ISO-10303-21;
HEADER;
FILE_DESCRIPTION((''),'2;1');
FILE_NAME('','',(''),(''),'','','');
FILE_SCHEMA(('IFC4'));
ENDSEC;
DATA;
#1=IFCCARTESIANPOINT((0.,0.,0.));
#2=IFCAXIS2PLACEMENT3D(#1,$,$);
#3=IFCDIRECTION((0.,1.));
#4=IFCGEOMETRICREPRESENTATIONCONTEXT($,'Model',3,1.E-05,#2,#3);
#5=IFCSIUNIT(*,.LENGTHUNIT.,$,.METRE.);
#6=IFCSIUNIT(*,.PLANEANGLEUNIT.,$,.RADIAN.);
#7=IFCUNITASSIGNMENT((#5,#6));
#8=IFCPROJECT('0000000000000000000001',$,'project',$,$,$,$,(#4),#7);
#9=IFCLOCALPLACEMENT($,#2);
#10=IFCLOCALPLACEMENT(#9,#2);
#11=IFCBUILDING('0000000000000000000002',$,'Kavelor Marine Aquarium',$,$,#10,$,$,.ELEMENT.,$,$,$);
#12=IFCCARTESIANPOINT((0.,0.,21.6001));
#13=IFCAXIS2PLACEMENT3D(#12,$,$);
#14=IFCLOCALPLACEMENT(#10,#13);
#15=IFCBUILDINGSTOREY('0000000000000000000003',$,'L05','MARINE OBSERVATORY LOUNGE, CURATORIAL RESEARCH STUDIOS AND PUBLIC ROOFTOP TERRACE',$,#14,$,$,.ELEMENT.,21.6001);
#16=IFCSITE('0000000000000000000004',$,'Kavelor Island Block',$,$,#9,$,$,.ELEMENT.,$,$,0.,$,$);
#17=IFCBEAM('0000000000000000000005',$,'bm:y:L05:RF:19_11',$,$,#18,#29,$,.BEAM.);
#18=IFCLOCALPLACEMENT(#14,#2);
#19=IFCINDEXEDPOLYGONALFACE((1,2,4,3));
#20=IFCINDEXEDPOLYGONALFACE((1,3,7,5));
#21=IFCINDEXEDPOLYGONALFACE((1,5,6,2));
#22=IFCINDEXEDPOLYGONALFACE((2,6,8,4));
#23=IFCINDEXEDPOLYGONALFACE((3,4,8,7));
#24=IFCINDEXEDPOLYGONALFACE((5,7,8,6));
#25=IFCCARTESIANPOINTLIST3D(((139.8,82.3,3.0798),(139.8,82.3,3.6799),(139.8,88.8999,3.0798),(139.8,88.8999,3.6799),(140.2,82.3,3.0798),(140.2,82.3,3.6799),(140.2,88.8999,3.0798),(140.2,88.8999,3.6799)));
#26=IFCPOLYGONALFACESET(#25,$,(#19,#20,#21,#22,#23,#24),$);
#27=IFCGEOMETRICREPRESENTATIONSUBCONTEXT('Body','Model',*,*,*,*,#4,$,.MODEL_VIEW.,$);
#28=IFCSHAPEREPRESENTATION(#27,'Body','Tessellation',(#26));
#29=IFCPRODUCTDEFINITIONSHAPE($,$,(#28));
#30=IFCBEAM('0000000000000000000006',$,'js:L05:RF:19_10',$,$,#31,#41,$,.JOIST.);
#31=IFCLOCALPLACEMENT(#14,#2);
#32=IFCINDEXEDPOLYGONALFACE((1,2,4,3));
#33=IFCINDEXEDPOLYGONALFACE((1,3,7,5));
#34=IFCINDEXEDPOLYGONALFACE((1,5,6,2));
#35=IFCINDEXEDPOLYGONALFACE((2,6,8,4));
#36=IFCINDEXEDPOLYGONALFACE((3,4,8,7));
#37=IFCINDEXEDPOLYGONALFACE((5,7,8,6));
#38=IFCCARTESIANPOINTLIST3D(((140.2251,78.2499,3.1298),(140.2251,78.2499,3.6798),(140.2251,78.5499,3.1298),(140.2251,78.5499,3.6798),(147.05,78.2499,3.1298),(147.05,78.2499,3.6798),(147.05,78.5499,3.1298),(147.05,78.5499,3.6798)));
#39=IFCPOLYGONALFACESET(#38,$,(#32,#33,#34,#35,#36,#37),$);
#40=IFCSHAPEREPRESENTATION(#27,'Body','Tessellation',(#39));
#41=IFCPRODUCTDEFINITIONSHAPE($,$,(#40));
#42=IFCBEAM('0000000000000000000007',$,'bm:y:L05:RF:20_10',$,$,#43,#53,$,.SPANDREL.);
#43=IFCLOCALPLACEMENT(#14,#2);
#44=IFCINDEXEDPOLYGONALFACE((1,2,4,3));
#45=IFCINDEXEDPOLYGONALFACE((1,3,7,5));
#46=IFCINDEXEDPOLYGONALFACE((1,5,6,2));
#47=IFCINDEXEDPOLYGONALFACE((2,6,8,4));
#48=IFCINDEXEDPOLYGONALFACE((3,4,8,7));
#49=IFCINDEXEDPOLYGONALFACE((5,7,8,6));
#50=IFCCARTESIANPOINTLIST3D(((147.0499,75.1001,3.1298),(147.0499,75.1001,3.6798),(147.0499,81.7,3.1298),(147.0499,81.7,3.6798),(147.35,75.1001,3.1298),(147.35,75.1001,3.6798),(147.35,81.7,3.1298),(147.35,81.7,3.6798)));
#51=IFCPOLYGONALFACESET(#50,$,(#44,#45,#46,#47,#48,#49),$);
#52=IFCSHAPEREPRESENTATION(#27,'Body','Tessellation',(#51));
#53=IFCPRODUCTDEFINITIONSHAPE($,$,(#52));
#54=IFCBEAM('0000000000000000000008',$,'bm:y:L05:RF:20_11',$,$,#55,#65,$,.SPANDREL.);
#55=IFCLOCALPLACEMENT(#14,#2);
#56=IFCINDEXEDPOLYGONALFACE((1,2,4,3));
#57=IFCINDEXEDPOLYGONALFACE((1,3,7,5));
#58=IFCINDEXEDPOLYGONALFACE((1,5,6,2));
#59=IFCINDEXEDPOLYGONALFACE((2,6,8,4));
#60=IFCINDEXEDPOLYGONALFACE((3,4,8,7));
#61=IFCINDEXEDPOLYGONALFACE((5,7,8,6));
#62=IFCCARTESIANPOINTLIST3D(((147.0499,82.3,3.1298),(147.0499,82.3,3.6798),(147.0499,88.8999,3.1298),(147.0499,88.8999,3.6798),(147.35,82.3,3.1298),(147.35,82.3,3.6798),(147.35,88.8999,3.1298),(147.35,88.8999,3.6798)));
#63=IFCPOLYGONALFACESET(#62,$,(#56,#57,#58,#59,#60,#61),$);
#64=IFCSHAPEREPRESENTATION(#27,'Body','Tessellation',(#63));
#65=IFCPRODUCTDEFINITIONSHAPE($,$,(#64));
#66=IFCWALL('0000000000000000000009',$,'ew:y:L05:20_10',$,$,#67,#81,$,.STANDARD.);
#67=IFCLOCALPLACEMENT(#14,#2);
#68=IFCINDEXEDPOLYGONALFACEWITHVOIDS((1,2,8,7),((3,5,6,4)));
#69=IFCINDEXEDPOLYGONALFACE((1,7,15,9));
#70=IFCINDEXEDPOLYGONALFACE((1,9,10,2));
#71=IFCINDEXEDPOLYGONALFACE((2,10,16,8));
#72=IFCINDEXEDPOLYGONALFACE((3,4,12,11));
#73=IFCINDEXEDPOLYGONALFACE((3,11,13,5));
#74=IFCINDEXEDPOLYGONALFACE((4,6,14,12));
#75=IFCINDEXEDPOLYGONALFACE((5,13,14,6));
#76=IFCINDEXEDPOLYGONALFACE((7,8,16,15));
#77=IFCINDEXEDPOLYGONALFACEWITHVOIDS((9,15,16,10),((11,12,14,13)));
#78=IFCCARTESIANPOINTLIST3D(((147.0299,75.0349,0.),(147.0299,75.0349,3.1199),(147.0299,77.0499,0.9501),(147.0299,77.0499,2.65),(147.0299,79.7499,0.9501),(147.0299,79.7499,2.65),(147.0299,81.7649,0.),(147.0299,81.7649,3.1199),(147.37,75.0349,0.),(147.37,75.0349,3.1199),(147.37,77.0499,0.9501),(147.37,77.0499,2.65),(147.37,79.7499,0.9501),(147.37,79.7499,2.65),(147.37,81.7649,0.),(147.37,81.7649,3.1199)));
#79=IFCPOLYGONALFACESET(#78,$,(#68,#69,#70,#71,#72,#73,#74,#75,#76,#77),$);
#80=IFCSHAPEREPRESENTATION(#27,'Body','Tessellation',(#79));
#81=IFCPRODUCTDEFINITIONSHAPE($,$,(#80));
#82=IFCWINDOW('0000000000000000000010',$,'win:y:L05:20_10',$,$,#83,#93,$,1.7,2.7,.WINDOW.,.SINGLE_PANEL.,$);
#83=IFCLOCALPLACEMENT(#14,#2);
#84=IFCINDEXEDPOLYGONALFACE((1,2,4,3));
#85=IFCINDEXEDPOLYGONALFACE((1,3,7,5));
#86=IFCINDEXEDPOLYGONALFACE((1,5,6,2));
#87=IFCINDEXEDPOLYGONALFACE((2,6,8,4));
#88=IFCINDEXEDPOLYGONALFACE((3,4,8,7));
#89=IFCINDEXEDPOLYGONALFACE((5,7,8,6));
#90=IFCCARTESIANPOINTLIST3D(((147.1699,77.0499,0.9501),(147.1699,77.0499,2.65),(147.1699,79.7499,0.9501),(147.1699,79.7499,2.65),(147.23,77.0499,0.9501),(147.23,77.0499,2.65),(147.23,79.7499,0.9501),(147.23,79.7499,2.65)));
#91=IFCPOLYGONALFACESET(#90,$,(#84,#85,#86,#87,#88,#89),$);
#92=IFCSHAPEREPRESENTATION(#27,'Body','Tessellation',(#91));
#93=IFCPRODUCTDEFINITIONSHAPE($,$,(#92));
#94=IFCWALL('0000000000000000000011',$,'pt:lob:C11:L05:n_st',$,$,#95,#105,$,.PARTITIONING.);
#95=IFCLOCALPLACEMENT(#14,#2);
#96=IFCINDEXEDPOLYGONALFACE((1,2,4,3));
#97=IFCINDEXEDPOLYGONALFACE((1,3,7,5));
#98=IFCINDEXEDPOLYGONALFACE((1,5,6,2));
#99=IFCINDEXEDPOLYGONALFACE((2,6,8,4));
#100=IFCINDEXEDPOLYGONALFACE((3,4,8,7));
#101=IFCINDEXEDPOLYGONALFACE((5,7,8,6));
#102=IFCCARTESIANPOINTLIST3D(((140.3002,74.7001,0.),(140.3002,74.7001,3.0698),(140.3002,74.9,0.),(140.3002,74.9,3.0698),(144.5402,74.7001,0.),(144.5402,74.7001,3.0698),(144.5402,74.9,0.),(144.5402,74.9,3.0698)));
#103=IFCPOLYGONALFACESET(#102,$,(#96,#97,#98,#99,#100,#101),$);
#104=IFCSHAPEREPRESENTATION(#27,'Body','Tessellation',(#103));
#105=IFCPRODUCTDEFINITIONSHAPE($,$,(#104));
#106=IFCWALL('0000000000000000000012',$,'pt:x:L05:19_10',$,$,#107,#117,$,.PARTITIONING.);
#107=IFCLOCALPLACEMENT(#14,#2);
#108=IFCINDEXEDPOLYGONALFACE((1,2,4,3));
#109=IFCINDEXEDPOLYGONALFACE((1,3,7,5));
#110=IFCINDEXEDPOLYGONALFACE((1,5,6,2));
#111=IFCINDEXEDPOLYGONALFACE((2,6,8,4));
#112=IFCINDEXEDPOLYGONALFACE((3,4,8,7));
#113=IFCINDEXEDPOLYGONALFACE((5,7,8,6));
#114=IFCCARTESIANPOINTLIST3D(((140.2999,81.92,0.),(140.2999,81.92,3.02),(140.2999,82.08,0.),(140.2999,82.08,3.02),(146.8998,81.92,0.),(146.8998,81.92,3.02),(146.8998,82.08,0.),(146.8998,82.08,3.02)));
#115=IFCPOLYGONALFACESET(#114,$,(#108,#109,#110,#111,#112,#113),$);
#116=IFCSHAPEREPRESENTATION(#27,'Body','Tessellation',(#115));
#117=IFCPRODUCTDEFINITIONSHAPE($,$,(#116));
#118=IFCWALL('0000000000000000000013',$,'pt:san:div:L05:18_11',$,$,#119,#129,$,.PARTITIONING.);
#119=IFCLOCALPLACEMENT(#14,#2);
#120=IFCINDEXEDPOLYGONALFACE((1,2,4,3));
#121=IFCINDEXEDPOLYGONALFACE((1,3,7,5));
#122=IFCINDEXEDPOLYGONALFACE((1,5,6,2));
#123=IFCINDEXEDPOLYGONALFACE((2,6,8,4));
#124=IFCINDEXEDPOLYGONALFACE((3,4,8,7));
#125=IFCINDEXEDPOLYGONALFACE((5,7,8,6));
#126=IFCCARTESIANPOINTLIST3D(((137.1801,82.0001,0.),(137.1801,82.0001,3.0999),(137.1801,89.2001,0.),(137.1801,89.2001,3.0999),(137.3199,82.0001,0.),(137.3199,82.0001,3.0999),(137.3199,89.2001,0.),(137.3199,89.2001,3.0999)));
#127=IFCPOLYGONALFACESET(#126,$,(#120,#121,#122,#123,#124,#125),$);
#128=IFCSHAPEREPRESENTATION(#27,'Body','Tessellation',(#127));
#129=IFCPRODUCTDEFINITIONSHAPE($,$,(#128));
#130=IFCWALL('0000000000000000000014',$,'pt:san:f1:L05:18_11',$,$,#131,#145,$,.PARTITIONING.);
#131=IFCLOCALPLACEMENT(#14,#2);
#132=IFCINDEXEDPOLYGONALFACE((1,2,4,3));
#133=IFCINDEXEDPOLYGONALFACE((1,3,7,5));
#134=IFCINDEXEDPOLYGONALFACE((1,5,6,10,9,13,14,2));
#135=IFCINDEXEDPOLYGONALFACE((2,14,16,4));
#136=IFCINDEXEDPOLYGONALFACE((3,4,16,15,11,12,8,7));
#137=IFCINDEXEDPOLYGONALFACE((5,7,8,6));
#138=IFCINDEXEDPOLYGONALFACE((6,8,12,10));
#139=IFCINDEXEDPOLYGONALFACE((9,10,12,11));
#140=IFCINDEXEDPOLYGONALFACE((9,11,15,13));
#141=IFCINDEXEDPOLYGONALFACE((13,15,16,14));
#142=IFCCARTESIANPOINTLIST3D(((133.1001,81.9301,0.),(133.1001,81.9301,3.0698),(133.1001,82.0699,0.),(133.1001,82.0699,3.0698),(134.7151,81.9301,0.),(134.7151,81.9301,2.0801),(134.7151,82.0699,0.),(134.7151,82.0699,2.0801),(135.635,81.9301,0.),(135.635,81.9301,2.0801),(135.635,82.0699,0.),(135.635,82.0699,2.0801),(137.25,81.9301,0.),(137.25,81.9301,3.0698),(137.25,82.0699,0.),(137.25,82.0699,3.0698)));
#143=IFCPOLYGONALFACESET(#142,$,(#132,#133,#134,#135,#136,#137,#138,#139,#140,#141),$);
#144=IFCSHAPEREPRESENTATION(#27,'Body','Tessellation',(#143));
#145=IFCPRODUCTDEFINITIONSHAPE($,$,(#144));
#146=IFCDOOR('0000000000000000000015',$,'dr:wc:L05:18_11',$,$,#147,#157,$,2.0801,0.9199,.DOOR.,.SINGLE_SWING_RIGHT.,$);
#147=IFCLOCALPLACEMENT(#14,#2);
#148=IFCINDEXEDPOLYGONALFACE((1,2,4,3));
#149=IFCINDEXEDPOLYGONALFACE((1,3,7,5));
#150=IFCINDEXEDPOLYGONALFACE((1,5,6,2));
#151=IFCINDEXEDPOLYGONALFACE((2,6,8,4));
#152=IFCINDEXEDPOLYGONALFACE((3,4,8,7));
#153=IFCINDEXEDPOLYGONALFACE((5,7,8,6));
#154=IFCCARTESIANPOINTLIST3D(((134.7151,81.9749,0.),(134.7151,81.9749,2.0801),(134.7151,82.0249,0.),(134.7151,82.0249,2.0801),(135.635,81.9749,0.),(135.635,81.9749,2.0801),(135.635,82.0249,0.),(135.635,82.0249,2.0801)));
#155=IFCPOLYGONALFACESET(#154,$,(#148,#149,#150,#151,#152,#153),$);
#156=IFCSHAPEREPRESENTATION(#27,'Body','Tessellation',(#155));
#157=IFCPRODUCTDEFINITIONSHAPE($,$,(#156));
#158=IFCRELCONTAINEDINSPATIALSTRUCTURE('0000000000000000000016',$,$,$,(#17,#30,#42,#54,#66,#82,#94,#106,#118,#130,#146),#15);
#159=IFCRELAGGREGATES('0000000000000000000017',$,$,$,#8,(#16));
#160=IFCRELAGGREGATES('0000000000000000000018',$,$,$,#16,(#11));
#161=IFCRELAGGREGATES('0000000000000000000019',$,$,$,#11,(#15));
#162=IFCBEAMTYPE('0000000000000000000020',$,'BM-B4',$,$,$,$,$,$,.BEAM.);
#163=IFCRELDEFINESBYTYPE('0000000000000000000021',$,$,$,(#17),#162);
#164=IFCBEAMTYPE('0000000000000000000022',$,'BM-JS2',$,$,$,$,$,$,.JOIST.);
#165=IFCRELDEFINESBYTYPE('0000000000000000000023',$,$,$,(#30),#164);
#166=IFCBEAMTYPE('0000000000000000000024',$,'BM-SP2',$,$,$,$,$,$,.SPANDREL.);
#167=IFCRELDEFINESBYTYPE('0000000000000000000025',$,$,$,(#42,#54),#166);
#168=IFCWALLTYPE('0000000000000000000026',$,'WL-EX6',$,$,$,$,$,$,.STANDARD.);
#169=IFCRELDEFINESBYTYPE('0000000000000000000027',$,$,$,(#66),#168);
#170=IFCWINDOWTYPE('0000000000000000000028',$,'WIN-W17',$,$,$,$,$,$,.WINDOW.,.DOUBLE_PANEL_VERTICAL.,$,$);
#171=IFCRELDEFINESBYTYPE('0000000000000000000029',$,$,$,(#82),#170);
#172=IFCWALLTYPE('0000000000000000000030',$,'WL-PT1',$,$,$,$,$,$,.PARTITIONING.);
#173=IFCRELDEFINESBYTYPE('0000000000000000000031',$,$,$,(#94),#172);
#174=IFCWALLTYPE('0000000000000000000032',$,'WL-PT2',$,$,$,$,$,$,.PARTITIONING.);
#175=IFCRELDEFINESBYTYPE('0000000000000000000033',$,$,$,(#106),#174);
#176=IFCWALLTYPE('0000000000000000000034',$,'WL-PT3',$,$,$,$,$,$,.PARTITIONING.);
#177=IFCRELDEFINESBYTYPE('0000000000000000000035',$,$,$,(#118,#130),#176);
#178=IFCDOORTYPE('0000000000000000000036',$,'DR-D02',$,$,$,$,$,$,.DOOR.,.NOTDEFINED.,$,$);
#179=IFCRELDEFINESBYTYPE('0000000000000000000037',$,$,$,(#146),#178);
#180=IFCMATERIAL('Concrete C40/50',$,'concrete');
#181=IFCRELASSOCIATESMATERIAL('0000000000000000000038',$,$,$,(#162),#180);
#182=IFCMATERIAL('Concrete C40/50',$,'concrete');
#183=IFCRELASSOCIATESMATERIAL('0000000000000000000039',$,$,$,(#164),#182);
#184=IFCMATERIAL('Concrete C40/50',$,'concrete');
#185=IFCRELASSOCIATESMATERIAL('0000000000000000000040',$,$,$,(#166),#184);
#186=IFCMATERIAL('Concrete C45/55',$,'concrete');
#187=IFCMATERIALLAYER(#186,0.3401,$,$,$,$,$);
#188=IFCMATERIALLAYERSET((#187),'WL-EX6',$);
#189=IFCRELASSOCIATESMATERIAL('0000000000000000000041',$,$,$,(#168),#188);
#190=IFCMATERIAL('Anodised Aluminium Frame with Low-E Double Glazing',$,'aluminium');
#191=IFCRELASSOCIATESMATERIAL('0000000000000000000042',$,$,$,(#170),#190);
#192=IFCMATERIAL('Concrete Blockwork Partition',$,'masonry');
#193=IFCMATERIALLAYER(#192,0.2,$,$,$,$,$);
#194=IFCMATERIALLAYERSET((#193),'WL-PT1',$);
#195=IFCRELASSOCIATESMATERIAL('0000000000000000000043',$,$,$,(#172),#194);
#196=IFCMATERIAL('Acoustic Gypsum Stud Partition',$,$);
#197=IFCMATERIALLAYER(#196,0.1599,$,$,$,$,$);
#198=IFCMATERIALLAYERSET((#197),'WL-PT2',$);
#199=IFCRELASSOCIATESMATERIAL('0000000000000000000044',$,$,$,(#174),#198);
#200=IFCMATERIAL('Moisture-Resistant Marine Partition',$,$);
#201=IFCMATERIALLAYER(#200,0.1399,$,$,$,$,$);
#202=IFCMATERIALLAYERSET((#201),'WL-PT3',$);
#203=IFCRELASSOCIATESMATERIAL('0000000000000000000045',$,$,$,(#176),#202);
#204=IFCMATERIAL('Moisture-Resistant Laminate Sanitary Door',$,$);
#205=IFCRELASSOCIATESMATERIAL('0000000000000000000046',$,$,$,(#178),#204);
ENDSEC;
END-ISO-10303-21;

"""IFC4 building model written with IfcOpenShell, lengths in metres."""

from ifc_helpers import new_model, si_unit, direction, frame, frame_2d, origin, origin_2d, place, context, subcontext, project, spatial, rectangle, extrude, material, layer, layer_set, material_profile, profile_set, type_object, element, fill, save


model = new_model("IFC4")

# Units and contexts
model_context = context("Model", 3, precision=1e-05, world=origin(), true_north=direction((0.0, 1.0)))
body_context = subcontext(model_context, "Body", "Model", "MODEL_VIEW")
ifc_project = project(units=[si_unit("LENGTHUNIT", "METRE"), si_unit("PLANEANGLEUNIT", "RADIAN")], contexts=[model_context])

# Site, building, storey
site_placement = place(None, origin())
site = spatial("IfcSite", under=ifc_project, at=site_placement, Name="Kavelor Island Block", CompositionType="ELEMENT", RefElevation=0.0)
building_placement = place(site_placement, origin())
building = spatial("IfcBuilding", under=site, at=building_placement, Name="Kavelor Marine Aquarium", CompositionType="ELEMENT")
storey_placement = place(building_placement, frame((0.0, 0.0, 21.6001)))
storey = spatial("IfcBuildingStorey", under=building, at=storey_placement, Name="L05", Description="MARINE OBSERVATORY LOUNGE, CURATORIAL RESEARCH STUDIOS AND PUBLIC ROOFTOP TERRACE", CompositionType="ELEMENT", Elevation=21.6001)

# Beams
ifc_material_1 = material(Name="Concrete C40/50", Category="concrete")
ifc_material_profile_1 = material_profile(ifc_material_1, rectangle(XDim=0.3999, YDim=0.6001, at=origin_2d()), Name="RC-BM 400x600")
ifc_profile_set_1 = profile_set([ifc_material_profile_1], Name="Concrete C40/50")
beam_type_1 = type_object("IfcBeamType", Name="BM-B4", PredefinedType="BEAM", material=ifc_profile_set_1)
for number, where, z_axis, x_axis, name in (
    (1, (140.0, 82.3, 3.3799), (0.0, 1.0, 0.0), (-1.0, 0.0, 0.0), "bm:y:L05:RF:19_11"),
):
    element("IfcBeam", number, at=place(storey_placement, frame(where, z_axis=z_axis, x_axis=x_axis)), inside=storey, type_object=beam_type_1, Name=name, PredefinedType="BEAM", context=body_context, shape_type="SweptSolid", body=[
        extrude(rectangle(XDim=0.3999, YDim=0.6001, at=origin_2d()), origin(), (0.0, 0.0, 1.0), 6.5999),
    ])
ifc_material_2 = material(Name="Concrete C40/50", Category="concrete")
ifc_material_profile_2 = material_profile(ifc_material_2, rectangle(XDim=0.3, YDim=0.55, at=origin_2d()), Name="RC-JS 300x550")
ifc_profile_set_2 = profile_set([ifc_material_profile_2], Name="Concrete C40/50")
beam_type_2 = type_object("IfcBeamType", Name="BM-JS2", PredefinedType="JOIST", material=ifc_profile_set_2)
beam_placement = place(storey_placement, frame((140.2251, 78.3999, 3.4048), z_axis=(1.0, 0.0, 0.0), x_axis=(0.0, 1.0, 0.0)))
element("IfcBeam", 2, at=beam_placement, inside=storey, type_object=beam_type_2, Name="js:L05:RF:19_10", PredefinedType="JOIST", context=body_context, shape_type="SweptSolid", body=[
    extrude(rectangle(XDim=0.3, YDim=0.55, at=origin_2d()), origin(), (0.0, 0.0, 1.0), 6.825),
])
ifc_material_3 = material(Name="Concrete C40/50", Category="concrete")
ifc_material_profile_3 = material_profile(ifc_material_3, rectangle(XDim=0.3, YDim=0.55, at=origin_2d()), Name="RC-SP 300x550")
ifc_profile_set_3 = profile_set([ifc_material_profile_3], Name="Concrete C40/50")
beam_type_3 = type_object("IfcBeamType", Name="BM-SP2", PredefinedType="SPANDREL", material=ifc_profile_set_3)
for number, where, z_axis, x_axis, name in (
    (3, (147.2, 75.1001, 3.4048), (0.0, 1.0, 0.0), (-1.0, 0.0, 0.0), "bm:y:L05:RF:20_10"),
    (4, (147.2, 82.3, 3.4048), (0.0, 1.0, 0.0), (-1.0, 0.0, 0.0), "bm:y:L05:RF:20_11"),
):
    element("IfcBeam", number, at=place(storey_placement, frame(where, z_axis=z_axis, x_axis=x_axis)), inside=storey, type_object=beam_type_3, Name=name, PredefinedType="SPANDREL", context=body_context, shape_type="SweptSolid", body=[
        extrude(rectangle(XDim=0.3, YDim=0.55, at=origin_2d()), origin(), (0.0, 0.0, 1.0), 6.5999),
    ])

# Wall, opening, window
ifc_material_4 = material(Name="Concrete C45/55", Category="concrete")
ifc_layer_1 = layer(ifc_material_4, 0.3401)
ifc_layer_set_1 = layer_set([ifc_layer_1], Name="WL-EX6")
wall_type_1 = type_object("IfcWallType", Name="WL-EX6", PredefinedType="STANDARD", material=ifc_layer_set_1)
wall_1_placement = place(storey_placement, frame((147.2, 81.7649, 0.0), z_axis=(0.0, 0.0, 1.0), x_axis=(0.0, -1.0, 0.0)))
wall_1 = element("IfcWall", 5, at=wall_1_placement, inside=storey, type_object=wall_type_1, Name="ew:y:L05:20_10", PredefinedType="STANDARD", context=body_context, shape_type="SweptSolid", body=[
    extrude(rectangle(XDim=6.73, YDim=0.3401, at=frame_2d((3.365, 0.0))), origin(), (0.0, 0.0, 1.0), 3.1199),
])
opening_1_placement = place(wall_1_placement, frame((2.0149, 0.0, 0.95)))
opening_1 = element("IfcOpeningElement", 6, at=opening_1_placement, cuts=wall_1, PredefinedType="OPENING", context=body_context, shape_type="SweptSolid", body=[
    extrude(rectangle(XDim=2.7, YDim=1.7, at=frame_2d((1.3501, 0.8501))), frame((0.0, 0.1799, 0.0), z_axis=(0.0, -1.0, 0.0), x_axis=(1.0, 0.0, 0.0)), (0.0, 0.0, 1.0), 0.3601),
])
ifc_material_5 = material(Name="Anodised Aluminium Frame with Low-E Double Glazing", Category="aluminium")
window_type = type_object("IfcWindowType", Name="WIN-W17", PartitioningType="DOUBLE_PANEL_VERTICAL", PredefinedType="WINDOW", material=ifc_material_5)
window_placement = place(opening_1_placement, origin())
window = element("IfcWindow", 7, at=window_placement, inside=storey, type_object=window_type, Name="win:y:L05:20_10", OverallHeight=1.7, OverallWidth=2.7, PartitioningType="SINGLE_PANEL", PredefinedType="WINDOW", context=body_context, shape_type="SweptSolid", body=[
    extrude(rectangle(XDim=2.7, YDim=1.7, at=frame_2d((1.3501, 0.8501))), frame((0.0, 0.03, 0.0), z_axis=(0.0, -1.0, 0.0), x_axis=(1.0, 0.0, 0.0)), (0.0, 0.0, 1.0), 0.0601),
])
fill(opening_1, window)

# Wall
ifc_material_6 = material(Name="Concrete Blockwork Partition", Category="masonry")
ifc_layer_2 = layer(ifc_material_6, 0.2)
ifc_layer_set_2 = layer_set([ifc_layer_2], Name="WL-PT1")
wall_type_2 = type_object("IfcWallType", Name="WL-PT1", PredefinedType="PARTITIONING", material=ifc_layer_set_2)
wall_2_placement = place(storey_placement, frame((140.3, 74.8, 0.0), z_axis=(0.0, 0.0, 1.0), x_axis=(1.0, 0.0, 0.0)))
element("IfcWall", 8, at=wall_2_placement, inside=storey, type_object=wall_type_2, Name="pt:lob:C11:L05:n_st", PredefinedType="PARTITIONING", context=body_context, shape_type="SweptSolid", body=[
    extrude(rectangle(XDim=4.24, YDim=0.2, at=frame_2d((2.1201, 0.0))), origin(), (0.0, 0.0, 1.0), 3.0698),
])

# Walls
ifc_material_7 = material(Name="Acoustic Gypsum Stud Partition")
ifc_layer_3 = layer(ifc_material_7, 0.1599)
ifc_layer_set_3 = layer_set([ifc_layer_3], Name="WL-PT2")
wall_type_3 = type_object("IfcWallType", Name="WL-PT2", PredefinedType="PARTITIONING", material=ifc_layer_set_3)
wall_3_placement = place(storey_placement, frame((140.3, 82.0, 0.0), z_axis=(0.0, 0.0, 1.0), x_axis=(1.0, 0.0, 0.0)))
element("IfcWall", 9, at=wall_3_placement, inside=storey, type_object=wall_type_3, Name="pt:x:L05:19_10", PredefinedType="PARTITIONING", context=body_context, shape_type="SweptSolid", body=[
    extrude(rectangle(XDim=6.5999, YDim=0.1599, at=frame_2d((3.2998, 0.0))), origin(), (0.0, 0.0, 1.0), 3.02),
])
ifc_material_8 = material(Name="Moisture-Resistant Marine Partition")
ifc_layer_4 = layer(ifc_material_8, 0.1399)
ifc_layer_set_4 = layer_set([ifc_layer_4], Name="WL-PT3")
wall_type_4 = type_object("IfcWallType", Name="WL-PT3", PredefinedType="PARTITIONING", material=ifc_layer_set_4)
wall_4_placement = place(storey_placement, frame((137.25, 82.0, 0.0), z_axis=(0.0, 0.0, 1.0), x_axis=(0.0, 1.0, 0.0)))
element("IfcWall", 10, at=wall_4_placement, inside=storey, type_object=wall_type_4, Name="pt:san:div:L05:18_11", PredefinedType="PARTITIONING", context=body_context, shape_type="SweptSolid", body=[
    extrude(rectangle(XDim=7.2, YDim=0.1399, at=frame_2d((3.6001, 0.0))), origin(), (0.0, 0.0, 1.0), 3.0999),
])

# Wall, opening, door
wall_5_placement = place(storey_placement, frame((133.1001, 82.0, 0.0), z_axis=(0.0, 0.0, 1.0), x_axis=(1.0, 0.0, 0.0)))
wall_5 = element("IfcWall", 11, at=wall_5_placement, inside=storey, type_object=wall_type_4, Name="pt:san:f1:L05:18_11", PredefinedType="PARTITIONING", context=body_context, shape_type="SweptSolid", body=[
    extrude(rectangle(XDim=4.1499, YDim=0.1399, at=frame_2d((2.075, 0.0))), origin(), (0.0, 0.0, 1.0), 3.0698),
])
opening_2_placement = place(wall_5_placement, frame((1.615, 0.0, 0.0)))
opening_2 = element("IfcOpeningElement", 12, at=opening_2_placement, cuts=wall_5, PredefinedType="OPENING", context=body_context, shape_type="SweptSolid", body=[
    extrude(rectangle(XDim=0.9199, YDim=2.0801, at=frame_2d((0.46, 1.04))), frame((0.0, 0.0798, 0.0), z_axis=(0.0, -1.0, 0.0), x_axis=(1.0, 0.0, 0.0)), (0.0, 0.0, 1.0), 0.1599),
])
ifc_material_9 = material(Name="Moisture-Resistant Laminate Sanitary Door")
door_type_1 = type_object("IfcDoorType", Name="DR-D02", OperationType="NOTDEFINED", PredefinedType="DOOR", material=ifc_material_9)
door_1_placement = place(opening_2_placement, origin())
door_1 = element("IfcDoor", 13, at=door_1_placement, inside=storey, type_object=door_type_1, Name="dr:wc:L05:18_11", OperationType="SINGLE_SWING_RIGHT", OverallHeight=2.0801, OverallWidth=0.9199, PredefinedType="DOOR", context=body_context, shape_type="SweptSolid", body=[
    extrude(rectangle(XDim=0.9199, YDim=2.0801, at=frame_2d((0.46, 1.04))), frame((0.0, 0.0249, 0.0), z_axis=(0.0, -1.0, 0.0), x_axis=(1.0, 0.0, 0.0)), (0.0, 0.0, 1.0), 0.05),
])
fill(opening_2, door_1)

save(model, "model.ifc")
